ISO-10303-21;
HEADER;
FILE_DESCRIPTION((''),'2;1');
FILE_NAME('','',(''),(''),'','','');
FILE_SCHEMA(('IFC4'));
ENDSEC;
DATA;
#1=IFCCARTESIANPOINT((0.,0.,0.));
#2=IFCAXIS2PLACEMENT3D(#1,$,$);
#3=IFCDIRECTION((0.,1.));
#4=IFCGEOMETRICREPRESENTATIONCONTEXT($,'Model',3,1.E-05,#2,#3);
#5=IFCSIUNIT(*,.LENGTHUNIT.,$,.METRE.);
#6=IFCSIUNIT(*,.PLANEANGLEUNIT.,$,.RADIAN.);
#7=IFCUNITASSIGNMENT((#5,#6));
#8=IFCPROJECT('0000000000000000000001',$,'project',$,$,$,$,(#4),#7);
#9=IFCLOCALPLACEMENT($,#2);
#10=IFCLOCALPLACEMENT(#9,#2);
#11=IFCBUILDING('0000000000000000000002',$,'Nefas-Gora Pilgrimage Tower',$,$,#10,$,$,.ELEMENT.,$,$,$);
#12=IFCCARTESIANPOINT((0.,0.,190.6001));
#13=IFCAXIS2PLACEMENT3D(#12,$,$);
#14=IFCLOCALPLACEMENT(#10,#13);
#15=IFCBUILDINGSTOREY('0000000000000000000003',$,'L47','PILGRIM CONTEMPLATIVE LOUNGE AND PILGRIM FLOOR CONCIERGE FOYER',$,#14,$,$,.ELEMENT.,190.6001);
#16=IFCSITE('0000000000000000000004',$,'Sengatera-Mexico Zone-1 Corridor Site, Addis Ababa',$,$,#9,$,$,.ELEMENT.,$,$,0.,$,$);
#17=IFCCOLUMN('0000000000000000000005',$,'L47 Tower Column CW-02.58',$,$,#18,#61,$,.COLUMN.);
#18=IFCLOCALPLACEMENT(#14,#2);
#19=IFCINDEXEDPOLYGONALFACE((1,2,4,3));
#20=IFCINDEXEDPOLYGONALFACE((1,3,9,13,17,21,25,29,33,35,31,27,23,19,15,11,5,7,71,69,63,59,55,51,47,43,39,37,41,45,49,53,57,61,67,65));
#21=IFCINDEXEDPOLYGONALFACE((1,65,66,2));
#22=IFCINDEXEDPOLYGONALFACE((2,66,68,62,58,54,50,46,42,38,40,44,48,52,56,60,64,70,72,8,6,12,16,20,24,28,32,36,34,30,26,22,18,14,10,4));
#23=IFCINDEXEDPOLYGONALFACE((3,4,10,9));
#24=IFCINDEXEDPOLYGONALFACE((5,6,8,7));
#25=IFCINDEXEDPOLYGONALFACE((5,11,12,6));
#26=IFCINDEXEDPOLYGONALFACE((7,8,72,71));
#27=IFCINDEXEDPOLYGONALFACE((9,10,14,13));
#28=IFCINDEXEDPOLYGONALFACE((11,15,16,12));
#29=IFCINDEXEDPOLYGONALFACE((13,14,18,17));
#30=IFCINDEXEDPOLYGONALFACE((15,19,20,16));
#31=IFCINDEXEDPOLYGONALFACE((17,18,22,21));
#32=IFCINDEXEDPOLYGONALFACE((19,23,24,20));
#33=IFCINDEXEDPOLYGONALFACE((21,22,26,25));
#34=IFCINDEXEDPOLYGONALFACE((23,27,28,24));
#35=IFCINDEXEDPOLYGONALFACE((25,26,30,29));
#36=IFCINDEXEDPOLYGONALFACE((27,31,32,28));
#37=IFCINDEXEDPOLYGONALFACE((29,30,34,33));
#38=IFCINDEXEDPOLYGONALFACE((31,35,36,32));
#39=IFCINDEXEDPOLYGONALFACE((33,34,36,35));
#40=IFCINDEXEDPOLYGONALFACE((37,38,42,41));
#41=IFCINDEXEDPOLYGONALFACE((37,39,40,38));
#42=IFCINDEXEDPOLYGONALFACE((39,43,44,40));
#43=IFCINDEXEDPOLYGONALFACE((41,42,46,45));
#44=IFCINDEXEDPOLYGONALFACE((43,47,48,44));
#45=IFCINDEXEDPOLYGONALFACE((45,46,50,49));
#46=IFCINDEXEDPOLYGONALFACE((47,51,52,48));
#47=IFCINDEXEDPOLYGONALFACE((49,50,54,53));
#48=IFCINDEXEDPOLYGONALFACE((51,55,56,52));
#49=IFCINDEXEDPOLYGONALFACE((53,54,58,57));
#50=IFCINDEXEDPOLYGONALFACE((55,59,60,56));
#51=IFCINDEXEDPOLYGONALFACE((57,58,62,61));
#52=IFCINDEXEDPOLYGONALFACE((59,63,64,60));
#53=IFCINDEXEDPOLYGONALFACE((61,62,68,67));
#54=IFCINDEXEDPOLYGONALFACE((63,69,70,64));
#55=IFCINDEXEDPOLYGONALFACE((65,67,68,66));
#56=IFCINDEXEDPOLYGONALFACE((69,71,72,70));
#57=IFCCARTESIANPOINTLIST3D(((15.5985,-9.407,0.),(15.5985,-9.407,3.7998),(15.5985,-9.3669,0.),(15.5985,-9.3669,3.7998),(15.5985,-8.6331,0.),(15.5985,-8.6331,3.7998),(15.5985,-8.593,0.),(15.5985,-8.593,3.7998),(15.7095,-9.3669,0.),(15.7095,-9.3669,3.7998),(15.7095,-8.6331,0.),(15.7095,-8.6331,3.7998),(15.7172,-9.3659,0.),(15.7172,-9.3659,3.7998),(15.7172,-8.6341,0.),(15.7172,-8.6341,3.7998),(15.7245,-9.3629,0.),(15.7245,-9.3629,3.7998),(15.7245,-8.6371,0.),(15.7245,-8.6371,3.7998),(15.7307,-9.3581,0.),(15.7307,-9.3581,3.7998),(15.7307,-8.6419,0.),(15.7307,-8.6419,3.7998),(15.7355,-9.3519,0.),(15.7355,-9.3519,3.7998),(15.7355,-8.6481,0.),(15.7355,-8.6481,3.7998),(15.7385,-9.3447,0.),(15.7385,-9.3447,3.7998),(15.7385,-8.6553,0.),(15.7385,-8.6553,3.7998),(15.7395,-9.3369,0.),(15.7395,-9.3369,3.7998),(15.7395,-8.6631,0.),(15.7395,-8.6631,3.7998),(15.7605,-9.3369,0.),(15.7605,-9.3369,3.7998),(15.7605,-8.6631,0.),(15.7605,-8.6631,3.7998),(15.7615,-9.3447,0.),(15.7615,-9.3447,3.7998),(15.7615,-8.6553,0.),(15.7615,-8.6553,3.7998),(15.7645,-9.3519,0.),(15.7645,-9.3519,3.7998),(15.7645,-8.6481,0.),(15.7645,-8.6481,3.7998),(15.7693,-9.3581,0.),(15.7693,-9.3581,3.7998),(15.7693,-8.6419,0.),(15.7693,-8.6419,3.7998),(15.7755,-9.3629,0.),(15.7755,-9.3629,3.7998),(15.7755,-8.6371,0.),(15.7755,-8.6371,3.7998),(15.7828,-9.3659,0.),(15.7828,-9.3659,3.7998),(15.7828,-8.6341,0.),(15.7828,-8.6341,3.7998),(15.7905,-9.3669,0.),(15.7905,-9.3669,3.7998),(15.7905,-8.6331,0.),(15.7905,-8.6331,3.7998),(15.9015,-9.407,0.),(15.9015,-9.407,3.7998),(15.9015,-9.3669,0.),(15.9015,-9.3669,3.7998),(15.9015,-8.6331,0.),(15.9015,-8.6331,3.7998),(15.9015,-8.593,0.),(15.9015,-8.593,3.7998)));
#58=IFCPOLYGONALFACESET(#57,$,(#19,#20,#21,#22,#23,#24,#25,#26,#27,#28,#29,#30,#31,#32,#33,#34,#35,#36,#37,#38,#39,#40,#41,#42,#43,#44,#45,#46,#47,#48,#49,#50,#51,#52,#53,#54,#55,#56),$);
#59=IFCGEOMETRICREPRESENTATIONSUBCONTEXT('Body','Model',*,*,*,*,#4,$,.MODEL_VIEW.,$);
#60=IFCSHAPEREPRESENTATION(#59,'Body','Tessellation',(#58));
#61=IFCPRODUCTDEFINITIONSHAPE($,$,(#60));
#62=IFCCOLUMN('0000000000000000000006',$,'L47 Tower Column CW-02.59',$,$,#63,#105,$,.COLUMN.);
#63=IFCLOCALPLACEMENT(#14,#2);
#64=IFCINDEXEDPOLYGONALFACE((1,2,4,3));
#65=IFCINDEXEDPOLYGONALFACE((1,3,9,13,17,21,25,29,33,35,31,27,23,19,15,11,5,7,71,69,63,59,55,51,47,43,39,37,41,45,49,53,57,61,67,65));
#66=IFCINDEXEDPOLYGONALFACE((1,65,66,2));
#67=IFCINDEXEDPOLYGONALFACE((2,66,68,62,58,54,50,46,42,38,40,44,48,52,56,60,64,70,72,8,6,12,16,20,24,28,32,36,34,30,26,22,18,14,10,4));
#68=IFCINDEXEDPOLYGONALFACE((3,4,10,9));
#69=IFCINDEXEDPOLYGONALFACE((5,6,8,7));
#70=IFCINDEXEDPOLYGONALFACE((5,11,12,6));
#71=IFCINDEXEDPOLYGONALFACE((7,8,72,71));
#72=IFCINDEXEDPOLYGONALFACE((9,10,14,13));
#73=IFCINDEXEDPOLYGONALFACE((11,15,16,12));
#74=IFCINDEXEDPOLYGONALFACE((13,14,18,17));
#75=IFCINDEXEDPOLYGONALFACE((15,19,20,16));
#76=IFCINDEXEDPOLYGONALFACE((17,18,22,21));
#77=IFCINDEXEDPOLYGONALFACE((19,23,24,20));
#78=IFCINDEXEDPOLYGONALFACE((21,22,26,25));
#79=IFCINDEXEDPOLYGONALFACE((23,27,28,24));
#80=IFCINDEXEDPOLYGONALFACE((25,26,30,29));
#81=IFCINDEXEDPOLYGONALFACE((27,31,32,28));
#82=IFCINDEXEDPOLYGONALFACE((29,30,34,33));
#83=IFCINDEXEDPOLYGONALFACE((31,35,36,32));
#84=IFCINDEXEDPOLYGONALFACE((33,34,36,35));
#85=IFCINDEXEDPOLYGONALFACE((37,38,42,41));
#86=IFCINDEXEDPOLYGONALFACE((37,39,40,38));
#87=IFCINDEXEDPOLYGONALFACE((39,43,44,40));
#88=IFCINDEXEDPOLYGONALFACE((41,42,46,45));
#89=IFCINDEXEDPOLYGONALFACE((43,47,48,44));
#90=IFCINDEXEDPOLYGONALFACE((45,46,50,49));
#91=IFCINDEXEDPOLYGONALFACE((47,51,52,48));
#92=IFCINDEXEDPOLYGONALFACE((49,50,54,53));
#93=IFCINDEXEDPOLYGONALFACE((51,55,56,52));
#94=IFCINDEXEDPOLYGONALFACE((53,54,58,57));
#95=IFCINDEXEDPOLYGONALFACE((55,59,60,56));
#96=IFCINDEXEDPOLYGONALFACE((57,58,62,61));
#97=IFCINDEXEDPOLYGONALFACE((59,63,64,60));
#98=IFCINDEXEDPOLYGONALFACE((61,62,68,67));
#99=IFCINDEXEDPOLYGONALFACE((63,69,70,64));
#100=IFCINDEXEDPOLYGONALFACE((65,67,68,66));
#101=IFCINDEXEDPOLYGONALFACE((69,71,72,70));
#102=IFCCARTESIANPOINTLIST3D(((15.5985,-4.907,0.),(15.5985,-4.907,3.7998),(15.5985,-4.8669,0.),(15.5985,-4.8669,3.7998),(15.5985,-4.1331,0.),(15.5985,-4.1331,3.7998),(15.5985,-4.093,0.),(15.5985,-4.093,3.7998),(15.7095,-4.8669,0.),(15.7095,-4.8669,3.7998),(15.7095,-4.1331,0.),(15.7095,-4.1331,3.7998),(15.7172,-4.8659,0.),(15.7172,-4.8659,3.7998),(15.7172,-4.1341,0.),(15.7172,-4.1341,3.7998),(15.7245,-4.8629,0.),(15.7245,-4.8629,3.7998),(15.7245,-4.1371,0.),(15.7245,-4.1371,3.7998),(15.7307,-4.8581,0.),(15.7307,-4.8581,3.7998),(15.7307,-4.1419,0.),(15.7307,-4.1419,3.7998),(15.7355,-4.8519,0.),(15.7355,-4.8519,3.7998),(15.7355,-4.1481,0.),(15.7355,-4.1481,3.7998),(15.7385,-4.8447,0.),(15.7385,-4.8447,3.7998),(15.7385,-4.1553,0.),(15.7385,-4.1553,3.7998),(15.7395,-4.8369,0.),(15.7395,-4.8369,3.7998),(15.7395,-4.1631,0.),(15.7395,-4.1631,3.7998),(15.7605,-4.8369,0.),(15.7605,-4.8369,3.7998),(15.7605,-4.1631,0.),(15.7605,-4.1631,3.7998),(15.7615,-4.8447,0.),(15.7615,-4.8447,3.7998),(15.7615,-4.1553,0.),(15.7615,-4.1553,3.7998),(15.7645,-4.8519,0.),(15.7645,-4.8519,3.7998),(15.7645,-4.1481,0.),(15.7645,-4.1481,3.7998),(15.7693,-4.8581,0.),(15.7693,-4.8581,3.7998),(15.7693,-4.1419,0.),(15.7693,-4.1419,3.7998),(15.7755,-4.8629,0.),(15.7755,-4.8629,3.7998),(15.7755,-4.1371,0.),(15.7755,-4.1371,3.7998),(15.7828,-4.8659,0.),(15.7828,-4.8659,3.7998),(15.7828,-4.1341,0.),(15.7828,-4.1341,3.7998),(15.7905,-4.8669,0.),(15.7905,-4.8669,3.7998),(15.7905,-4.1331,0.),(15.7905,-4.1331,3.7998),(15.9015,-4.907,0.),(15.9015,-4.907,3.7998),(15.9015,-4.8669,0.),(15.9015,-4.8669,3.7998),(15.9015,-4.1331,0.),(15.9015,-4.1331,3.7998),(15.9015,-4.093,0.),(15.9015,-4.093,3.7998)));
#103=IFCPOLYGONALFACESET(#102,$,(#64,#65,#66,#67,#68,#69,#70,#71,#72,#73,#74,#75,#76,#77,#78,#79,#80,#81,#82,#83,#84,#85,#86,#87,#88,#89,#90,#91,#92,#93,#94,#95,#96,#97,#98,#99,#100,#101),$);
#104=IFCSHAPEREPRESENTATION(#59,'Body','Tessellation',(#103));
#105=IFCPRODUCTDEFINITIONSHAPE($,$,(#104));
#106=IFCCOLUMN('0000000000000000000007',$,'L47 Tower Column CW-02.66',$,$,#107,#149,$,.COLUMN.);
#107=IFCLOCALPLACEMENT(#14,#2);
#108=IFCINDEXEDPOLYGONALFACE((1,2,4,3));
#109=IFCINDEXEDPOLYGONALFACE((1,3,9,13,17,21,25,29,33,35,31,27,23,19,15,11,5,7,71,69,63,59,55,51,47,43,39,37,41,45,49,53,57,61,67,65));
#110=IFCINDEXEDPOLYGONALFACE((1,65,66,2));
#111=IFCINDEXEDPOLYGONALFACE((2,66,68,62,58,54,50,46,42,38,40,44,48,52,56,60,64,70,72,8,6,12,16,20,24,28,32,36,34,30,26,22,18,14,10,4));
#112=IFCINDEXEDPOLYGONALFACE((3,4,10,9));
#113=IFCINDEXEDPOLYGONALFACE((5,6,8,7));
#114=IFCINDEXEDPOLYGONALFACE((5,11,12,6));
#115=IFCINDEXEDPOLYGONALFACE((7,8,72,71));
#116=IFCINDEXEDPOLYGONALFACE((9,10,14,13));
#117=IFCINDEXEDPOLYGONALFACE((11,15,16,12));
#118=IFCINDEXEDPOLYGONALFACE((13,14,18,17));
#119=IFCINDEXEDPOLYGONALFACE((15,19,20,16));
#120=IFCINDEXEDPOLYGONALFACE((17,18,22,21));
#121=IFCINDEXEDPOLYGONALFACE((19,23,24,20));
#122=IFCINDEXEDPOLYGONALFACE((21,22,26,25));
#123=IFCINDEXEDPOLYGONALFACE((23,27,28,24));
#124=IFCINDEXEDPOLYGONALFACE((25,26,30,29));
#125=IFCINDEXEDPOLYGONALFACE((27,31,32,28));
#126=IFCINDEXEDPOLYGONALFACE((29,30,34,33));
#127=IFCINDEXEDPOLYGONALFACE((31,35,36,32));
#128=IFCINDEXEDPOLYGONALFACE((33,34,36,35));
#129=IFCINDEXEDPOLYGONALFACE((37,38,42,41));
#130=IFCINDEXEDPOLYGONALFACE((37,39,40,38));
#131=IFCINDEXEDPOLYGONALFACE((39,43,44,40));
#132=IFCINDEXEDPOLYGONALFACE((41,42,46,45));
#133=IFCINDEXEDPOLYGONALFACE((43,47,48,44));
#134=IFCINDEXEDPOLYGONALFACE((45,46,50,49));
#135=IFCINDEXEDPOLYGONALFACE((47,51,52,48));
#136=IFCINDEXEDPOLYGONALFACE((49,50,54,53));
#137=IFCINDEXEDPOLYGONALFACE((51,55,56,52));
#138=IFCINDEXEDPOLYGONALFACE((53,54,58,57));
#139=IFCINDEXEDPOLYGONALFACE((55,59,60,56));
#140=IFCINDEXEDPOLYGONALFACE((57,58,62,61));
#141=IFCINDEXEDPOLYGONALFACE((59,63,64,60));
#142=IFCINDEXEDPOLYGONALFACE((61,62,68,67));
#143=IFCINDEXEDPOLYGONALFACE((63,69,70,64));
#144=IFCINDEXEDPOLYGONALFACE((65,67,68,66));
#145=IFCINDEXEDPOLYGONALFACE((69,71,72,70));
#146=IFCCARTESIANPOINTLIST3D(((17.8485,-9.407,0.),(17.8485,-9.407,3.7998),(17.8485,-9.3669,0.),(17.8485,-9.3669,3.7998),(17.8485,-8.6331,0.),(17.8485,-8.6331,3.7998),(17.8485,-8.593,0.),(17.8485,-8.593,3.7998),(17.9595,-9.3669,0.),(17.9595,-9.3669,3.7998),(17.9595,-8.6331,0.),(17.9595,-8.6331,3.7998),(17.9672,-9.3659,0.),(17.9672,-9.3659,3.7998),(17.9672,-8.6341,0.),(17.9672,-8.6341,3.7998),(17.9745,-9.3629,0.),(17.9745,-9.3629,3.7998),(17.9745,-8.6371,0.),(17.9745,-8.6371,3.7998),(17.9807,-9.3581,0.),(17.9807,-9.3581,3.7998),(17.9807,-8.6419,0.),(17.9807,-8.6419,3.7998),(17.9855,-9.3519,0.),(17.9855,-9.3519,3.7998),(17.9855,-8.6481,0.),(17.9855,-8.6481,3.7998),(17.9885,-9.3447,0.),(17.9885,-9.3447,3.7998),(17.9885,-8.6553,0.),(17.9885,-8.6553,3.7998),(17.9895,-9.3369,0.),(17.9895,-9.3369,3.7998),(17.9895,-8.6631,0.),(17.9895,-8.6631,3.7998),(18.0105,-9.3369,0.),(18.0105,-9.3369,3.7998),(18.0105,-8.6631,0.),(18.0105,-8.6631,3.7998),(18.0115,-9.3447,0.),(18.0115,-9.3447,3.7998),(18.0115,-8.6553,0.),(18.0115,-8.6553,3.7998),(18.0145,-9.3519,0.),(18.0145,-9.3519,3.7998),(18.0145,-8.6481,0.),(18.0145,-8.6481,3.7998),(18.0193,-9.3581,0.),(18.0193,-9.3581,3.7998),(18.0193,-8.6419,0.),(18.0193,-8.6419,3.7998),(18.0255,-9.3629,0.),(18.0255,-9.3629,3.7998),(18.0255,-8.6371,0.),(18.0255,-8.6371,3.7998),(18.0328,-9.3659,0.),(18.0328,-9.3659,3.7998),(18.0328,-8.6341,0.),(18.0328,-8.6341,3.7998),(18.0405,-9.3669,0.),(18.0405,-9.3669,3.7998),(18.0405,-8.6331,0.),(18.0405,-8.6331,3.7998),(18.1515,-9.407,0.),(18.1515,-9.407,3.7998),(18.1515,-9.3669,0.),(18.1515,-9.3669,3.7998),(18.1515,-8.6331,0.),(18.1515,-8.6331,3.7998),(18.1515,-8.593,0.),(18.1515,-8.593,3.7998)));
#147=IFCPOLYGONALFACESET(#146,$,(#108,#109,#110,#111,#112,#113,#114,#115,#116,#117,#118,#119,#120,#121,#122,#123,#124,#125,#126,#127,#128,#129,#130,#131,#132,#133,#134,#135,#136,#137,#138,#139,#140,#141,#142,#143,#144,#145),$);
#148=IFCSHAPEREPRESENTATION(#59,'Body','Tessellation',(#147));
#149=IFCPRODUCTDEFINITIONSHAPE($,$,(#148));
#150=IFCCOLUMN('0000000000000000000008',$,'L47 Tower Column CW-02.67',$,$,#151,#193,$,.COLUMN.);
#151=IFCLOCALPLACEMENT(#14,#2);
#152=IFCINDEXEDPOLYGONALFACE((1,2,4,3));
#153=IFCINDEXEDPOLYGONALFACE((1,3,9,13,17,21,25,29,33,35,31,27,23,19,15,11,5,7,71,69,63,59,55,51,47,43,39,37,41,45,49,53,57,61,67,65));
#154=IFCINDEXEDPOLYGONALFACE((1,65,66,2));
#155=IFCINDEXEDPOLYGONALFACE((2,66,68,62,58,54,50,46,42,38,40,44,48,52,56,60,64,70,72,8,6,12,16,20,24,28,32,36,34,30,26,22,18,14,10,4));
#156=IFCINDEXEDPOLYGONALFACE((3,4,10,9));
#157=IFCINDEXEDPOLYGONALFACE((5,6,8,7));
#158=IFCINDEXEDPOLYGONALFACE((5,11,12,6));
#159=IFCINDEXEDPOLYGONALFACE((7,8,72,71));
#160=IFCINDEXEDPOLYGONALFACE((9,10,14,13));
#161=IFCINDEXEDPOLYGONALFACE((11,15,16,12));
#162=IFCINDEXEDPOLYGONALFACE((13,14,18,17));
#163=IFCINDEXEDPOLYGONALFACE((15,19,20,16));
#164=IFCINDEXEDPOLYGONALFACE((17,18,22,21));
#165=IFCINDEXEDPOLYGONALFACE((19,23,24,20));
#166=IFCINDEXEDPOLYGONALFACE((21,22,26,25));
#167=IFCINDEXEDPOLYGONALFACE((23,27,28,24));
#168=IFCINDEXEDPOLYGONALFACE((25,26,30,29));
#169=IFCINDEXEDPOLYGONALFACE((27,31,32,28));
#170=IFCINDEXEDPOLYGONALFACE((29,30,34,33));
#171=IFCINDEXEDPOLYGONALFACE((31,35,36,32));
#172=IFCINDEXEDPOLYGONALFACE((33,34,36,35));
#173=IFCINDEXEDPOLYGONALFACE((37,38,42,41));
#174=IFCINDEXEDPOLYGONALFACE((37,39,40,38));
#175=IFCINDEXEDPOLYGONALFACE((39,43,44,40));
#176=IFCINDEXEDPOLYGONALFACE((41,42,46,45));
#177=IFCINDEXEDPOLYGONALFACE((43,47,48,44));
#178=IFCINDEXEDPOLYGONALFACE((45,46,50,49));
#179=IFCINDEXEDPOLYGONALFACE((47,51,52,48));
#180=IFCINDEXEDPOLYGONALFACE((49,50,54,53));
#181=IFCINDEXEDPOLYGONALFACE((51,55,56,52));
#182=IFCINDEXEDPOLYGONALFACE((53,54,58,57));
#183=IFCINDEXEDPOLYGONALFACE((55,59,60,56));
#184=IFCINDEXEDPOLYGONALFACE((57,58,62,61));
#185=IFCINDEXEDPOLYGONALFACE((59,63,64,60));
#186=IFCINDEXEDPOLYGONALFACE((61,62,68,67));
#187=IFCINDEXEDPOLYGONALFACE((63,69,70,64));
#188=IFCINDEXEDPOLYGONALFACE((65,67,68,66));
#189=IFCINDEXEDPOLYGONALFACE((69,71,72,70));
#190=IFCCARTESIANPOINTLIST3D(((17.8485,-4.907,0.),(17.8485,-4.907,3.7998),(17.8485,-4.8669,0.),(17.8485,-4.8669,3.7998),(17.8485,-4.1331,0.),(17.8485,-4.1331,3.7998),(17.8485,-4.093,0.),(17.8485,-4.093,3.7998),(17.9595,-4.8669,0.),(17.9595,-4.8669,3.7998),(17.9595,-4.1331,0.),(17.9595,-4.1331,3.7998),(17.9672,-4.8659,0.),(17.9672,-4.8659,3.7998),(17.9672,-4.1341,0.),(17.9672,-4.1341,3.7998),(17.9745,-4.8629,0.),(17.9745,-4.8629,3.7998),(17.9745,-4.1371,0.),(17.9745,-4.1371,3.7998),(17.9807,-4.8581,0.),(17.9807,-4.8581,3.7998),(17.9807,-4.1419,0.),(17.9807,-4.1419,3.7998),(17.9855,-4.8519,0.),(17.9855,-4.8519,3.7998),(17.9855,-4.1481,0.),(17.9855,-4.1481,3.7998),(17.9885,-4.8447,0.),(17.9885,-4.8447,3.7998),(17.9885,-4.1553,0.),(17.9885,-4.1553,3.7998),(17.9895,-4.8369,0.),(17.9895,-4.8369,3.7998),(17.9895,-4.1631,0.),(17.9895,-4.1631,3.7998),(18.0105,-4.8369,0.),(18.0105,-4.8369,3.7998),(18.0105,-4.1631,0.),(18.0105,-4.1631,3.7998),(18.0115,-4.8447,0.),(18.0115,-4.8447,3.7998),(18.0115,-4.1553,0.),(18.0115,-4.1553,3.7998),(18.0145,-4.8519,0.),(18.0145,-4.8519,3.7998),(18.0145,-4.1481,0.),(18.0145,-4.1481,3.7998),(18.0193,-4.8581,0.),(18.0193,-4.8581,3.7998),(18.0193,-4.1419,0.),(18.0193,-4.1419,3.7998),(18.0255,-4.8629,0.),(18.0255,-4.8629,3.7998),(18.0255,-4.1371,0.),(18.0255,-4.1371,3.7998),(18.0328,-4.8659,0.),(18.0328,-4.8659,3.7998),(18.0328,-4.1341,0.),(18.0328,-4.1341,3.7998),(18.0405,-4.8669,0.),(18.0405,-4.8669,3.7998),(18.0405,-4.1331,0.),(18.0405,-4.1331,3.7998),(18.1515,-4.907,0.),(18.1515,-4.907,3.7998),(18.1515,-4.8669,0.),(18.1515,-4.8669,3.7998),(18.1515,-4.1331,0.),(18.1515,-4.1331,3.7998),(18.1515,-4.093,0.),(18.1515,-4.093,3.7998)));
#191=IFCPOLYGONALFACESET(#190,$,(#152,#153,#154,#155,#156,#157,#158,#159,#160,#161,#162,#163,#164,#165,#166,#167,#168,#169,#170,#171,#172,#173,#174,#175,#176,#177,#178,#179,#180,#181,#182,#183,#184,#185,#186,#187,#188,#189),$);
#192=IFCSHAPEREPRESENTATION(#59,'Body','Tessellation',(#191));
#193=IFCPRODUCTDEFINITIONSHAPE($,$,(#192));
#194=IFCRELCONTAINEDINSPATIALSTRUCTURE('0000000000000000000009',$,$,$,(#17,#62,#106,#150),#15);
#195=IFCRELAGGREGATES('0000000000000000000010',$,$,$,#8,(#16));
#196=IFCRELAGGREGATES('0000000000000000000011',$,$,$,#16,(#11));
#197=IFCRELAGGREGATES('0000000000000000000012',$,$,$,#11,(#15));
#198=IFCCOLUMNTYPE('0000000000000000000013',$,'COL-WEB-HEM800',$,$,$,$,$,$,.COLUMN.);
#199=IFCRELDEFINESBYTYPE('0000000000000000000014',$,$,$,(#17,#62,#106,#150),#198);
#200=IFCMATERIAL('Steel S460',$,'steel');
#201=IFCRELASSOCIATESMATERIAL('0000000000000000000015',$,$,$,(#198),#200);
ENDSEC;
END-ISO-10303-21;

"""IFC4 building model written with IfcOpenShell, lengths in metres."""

from ifc_helpers import new_model, si_unit, direction, frame, origin, origin_2d, place, context, subcontext, project, spatial, i_section, extrude, source, transform, mapped, material, material_profile, profile_set, type_object, element, save


model = new_model("IFC4")

# Units and contexts
model_context = context("Model", 3, precision=1e-05, world=origin(), true_north=direction((0.0, 1.0)))
body_context = subcontext(model_context, "Body", "Model", "MODEL_VIEW")
ifc_project = project(units=[si_unit("LENGTHUNIT", "METRE"), si_unit("PLANEANGLEUNIT", "RADIAN")], contexts=[model_context])

# Site, building, storey
site_placement = place(None, origin())
site = spatial("IfcSite", under=ifc_project, at=site_placement, Name="Sengatera-Mexico Zone-1 Corridor Site, Addis Ababa", CompositionType="ELEMENT", RefElevation=0.0)
building_placement = place(site_placement, origin())
building = spatial("IfcBuilding", under=site, at=building_placement, Name="Nefas-Gora Pilgrimage Tower", CompositionType="ELEMENT")
storey_placement = place(building_placement, frame((0.0, 0.0, 190.6001)))
storey = spatial("IfcBuildingStorey", under=building, at=storey_placement, Name="L47", Description="PILGRIM CONTEMPLATIVE LOUNGE AND PILGRIM FLOOR CONCIERGE FOYER", CompositionType="ELEMENT", Elevation=190.6001)

# Columns
ifc_material_1 = material(Name="Steel S460", Category="steel")
ifc_material_profile_1 = material_profile(ifc_material_1, i_section(OverallWidth=0.303, OverallDepth=0.814, WebThickness=0.021, FlangeThickness=0.04, FilletRadius=0.03, at=origin_2d()), Name="HEM 800")
ifc_profile_set_1 = profile_set([ifc_material_profile_1], Name="Steel S460")
column_type_1 = type_object("IfcColumnType", Name="COL-WEB-HEM800", PredefinedType="COLUMN", material=ifc_profile_set_1)
shared_shape_1 = source(origin(), body_context, "Body", "SweptSolid", [
    extrude(i_section(OverallWidth=0.303, OverallDepth=0.814, WebThickness=0.021, FlangeThickness=0.04, FilletRadius=0.03, at=origin_2d()), origin(), (0.0, 0.0, 1.0), 3.7998),
])
for number, where, z_axis, x_axis, name in (
    (1, (15.75, -9.0, 0.0), (0.0, 0.0, 1.0), (1.0, 0.0, 0.0), "L47 Tower Column CW-02.58"),
    (2, (15.75, -4.5, 0.0), (0.0, 0.0, 1.0), (1.0, 0.0, 0.0), "L47 Tower Column CW-02.59"),
    (3, (18.0, -9.0, 0.0), (0.0, 0.0, 1.0), (1.0, 0.0, 0.0), "L47 Tower Column CW-02.66"),
    (4, (18.0, -4.5, 0.0), (0.0, 0.0, 1.0), (1.0, 0.0, 0.0), "L47 Tower Column CW-02.67"),
):
    element("IfcColumn", number, at=place(storey_placement, frame(where, z_axis=z_axis, x_axis=x_axis)), inside=storey, type_object=column_type_1, Name=name, PredefinedType="COLUMN", context=body_context, shape_type="MappedRepresentation", body=[
        mapped(shared_shape_1, transform((0.0, 0.0, 0.0), x_axis=(1.0, 0.0, 0.0), y_axis=(0.0, 1.0, 0.0), z_axis=(0.0, 0.0, 1.0), scale=1.0)),
    ])

save(model, "model.ifc")
